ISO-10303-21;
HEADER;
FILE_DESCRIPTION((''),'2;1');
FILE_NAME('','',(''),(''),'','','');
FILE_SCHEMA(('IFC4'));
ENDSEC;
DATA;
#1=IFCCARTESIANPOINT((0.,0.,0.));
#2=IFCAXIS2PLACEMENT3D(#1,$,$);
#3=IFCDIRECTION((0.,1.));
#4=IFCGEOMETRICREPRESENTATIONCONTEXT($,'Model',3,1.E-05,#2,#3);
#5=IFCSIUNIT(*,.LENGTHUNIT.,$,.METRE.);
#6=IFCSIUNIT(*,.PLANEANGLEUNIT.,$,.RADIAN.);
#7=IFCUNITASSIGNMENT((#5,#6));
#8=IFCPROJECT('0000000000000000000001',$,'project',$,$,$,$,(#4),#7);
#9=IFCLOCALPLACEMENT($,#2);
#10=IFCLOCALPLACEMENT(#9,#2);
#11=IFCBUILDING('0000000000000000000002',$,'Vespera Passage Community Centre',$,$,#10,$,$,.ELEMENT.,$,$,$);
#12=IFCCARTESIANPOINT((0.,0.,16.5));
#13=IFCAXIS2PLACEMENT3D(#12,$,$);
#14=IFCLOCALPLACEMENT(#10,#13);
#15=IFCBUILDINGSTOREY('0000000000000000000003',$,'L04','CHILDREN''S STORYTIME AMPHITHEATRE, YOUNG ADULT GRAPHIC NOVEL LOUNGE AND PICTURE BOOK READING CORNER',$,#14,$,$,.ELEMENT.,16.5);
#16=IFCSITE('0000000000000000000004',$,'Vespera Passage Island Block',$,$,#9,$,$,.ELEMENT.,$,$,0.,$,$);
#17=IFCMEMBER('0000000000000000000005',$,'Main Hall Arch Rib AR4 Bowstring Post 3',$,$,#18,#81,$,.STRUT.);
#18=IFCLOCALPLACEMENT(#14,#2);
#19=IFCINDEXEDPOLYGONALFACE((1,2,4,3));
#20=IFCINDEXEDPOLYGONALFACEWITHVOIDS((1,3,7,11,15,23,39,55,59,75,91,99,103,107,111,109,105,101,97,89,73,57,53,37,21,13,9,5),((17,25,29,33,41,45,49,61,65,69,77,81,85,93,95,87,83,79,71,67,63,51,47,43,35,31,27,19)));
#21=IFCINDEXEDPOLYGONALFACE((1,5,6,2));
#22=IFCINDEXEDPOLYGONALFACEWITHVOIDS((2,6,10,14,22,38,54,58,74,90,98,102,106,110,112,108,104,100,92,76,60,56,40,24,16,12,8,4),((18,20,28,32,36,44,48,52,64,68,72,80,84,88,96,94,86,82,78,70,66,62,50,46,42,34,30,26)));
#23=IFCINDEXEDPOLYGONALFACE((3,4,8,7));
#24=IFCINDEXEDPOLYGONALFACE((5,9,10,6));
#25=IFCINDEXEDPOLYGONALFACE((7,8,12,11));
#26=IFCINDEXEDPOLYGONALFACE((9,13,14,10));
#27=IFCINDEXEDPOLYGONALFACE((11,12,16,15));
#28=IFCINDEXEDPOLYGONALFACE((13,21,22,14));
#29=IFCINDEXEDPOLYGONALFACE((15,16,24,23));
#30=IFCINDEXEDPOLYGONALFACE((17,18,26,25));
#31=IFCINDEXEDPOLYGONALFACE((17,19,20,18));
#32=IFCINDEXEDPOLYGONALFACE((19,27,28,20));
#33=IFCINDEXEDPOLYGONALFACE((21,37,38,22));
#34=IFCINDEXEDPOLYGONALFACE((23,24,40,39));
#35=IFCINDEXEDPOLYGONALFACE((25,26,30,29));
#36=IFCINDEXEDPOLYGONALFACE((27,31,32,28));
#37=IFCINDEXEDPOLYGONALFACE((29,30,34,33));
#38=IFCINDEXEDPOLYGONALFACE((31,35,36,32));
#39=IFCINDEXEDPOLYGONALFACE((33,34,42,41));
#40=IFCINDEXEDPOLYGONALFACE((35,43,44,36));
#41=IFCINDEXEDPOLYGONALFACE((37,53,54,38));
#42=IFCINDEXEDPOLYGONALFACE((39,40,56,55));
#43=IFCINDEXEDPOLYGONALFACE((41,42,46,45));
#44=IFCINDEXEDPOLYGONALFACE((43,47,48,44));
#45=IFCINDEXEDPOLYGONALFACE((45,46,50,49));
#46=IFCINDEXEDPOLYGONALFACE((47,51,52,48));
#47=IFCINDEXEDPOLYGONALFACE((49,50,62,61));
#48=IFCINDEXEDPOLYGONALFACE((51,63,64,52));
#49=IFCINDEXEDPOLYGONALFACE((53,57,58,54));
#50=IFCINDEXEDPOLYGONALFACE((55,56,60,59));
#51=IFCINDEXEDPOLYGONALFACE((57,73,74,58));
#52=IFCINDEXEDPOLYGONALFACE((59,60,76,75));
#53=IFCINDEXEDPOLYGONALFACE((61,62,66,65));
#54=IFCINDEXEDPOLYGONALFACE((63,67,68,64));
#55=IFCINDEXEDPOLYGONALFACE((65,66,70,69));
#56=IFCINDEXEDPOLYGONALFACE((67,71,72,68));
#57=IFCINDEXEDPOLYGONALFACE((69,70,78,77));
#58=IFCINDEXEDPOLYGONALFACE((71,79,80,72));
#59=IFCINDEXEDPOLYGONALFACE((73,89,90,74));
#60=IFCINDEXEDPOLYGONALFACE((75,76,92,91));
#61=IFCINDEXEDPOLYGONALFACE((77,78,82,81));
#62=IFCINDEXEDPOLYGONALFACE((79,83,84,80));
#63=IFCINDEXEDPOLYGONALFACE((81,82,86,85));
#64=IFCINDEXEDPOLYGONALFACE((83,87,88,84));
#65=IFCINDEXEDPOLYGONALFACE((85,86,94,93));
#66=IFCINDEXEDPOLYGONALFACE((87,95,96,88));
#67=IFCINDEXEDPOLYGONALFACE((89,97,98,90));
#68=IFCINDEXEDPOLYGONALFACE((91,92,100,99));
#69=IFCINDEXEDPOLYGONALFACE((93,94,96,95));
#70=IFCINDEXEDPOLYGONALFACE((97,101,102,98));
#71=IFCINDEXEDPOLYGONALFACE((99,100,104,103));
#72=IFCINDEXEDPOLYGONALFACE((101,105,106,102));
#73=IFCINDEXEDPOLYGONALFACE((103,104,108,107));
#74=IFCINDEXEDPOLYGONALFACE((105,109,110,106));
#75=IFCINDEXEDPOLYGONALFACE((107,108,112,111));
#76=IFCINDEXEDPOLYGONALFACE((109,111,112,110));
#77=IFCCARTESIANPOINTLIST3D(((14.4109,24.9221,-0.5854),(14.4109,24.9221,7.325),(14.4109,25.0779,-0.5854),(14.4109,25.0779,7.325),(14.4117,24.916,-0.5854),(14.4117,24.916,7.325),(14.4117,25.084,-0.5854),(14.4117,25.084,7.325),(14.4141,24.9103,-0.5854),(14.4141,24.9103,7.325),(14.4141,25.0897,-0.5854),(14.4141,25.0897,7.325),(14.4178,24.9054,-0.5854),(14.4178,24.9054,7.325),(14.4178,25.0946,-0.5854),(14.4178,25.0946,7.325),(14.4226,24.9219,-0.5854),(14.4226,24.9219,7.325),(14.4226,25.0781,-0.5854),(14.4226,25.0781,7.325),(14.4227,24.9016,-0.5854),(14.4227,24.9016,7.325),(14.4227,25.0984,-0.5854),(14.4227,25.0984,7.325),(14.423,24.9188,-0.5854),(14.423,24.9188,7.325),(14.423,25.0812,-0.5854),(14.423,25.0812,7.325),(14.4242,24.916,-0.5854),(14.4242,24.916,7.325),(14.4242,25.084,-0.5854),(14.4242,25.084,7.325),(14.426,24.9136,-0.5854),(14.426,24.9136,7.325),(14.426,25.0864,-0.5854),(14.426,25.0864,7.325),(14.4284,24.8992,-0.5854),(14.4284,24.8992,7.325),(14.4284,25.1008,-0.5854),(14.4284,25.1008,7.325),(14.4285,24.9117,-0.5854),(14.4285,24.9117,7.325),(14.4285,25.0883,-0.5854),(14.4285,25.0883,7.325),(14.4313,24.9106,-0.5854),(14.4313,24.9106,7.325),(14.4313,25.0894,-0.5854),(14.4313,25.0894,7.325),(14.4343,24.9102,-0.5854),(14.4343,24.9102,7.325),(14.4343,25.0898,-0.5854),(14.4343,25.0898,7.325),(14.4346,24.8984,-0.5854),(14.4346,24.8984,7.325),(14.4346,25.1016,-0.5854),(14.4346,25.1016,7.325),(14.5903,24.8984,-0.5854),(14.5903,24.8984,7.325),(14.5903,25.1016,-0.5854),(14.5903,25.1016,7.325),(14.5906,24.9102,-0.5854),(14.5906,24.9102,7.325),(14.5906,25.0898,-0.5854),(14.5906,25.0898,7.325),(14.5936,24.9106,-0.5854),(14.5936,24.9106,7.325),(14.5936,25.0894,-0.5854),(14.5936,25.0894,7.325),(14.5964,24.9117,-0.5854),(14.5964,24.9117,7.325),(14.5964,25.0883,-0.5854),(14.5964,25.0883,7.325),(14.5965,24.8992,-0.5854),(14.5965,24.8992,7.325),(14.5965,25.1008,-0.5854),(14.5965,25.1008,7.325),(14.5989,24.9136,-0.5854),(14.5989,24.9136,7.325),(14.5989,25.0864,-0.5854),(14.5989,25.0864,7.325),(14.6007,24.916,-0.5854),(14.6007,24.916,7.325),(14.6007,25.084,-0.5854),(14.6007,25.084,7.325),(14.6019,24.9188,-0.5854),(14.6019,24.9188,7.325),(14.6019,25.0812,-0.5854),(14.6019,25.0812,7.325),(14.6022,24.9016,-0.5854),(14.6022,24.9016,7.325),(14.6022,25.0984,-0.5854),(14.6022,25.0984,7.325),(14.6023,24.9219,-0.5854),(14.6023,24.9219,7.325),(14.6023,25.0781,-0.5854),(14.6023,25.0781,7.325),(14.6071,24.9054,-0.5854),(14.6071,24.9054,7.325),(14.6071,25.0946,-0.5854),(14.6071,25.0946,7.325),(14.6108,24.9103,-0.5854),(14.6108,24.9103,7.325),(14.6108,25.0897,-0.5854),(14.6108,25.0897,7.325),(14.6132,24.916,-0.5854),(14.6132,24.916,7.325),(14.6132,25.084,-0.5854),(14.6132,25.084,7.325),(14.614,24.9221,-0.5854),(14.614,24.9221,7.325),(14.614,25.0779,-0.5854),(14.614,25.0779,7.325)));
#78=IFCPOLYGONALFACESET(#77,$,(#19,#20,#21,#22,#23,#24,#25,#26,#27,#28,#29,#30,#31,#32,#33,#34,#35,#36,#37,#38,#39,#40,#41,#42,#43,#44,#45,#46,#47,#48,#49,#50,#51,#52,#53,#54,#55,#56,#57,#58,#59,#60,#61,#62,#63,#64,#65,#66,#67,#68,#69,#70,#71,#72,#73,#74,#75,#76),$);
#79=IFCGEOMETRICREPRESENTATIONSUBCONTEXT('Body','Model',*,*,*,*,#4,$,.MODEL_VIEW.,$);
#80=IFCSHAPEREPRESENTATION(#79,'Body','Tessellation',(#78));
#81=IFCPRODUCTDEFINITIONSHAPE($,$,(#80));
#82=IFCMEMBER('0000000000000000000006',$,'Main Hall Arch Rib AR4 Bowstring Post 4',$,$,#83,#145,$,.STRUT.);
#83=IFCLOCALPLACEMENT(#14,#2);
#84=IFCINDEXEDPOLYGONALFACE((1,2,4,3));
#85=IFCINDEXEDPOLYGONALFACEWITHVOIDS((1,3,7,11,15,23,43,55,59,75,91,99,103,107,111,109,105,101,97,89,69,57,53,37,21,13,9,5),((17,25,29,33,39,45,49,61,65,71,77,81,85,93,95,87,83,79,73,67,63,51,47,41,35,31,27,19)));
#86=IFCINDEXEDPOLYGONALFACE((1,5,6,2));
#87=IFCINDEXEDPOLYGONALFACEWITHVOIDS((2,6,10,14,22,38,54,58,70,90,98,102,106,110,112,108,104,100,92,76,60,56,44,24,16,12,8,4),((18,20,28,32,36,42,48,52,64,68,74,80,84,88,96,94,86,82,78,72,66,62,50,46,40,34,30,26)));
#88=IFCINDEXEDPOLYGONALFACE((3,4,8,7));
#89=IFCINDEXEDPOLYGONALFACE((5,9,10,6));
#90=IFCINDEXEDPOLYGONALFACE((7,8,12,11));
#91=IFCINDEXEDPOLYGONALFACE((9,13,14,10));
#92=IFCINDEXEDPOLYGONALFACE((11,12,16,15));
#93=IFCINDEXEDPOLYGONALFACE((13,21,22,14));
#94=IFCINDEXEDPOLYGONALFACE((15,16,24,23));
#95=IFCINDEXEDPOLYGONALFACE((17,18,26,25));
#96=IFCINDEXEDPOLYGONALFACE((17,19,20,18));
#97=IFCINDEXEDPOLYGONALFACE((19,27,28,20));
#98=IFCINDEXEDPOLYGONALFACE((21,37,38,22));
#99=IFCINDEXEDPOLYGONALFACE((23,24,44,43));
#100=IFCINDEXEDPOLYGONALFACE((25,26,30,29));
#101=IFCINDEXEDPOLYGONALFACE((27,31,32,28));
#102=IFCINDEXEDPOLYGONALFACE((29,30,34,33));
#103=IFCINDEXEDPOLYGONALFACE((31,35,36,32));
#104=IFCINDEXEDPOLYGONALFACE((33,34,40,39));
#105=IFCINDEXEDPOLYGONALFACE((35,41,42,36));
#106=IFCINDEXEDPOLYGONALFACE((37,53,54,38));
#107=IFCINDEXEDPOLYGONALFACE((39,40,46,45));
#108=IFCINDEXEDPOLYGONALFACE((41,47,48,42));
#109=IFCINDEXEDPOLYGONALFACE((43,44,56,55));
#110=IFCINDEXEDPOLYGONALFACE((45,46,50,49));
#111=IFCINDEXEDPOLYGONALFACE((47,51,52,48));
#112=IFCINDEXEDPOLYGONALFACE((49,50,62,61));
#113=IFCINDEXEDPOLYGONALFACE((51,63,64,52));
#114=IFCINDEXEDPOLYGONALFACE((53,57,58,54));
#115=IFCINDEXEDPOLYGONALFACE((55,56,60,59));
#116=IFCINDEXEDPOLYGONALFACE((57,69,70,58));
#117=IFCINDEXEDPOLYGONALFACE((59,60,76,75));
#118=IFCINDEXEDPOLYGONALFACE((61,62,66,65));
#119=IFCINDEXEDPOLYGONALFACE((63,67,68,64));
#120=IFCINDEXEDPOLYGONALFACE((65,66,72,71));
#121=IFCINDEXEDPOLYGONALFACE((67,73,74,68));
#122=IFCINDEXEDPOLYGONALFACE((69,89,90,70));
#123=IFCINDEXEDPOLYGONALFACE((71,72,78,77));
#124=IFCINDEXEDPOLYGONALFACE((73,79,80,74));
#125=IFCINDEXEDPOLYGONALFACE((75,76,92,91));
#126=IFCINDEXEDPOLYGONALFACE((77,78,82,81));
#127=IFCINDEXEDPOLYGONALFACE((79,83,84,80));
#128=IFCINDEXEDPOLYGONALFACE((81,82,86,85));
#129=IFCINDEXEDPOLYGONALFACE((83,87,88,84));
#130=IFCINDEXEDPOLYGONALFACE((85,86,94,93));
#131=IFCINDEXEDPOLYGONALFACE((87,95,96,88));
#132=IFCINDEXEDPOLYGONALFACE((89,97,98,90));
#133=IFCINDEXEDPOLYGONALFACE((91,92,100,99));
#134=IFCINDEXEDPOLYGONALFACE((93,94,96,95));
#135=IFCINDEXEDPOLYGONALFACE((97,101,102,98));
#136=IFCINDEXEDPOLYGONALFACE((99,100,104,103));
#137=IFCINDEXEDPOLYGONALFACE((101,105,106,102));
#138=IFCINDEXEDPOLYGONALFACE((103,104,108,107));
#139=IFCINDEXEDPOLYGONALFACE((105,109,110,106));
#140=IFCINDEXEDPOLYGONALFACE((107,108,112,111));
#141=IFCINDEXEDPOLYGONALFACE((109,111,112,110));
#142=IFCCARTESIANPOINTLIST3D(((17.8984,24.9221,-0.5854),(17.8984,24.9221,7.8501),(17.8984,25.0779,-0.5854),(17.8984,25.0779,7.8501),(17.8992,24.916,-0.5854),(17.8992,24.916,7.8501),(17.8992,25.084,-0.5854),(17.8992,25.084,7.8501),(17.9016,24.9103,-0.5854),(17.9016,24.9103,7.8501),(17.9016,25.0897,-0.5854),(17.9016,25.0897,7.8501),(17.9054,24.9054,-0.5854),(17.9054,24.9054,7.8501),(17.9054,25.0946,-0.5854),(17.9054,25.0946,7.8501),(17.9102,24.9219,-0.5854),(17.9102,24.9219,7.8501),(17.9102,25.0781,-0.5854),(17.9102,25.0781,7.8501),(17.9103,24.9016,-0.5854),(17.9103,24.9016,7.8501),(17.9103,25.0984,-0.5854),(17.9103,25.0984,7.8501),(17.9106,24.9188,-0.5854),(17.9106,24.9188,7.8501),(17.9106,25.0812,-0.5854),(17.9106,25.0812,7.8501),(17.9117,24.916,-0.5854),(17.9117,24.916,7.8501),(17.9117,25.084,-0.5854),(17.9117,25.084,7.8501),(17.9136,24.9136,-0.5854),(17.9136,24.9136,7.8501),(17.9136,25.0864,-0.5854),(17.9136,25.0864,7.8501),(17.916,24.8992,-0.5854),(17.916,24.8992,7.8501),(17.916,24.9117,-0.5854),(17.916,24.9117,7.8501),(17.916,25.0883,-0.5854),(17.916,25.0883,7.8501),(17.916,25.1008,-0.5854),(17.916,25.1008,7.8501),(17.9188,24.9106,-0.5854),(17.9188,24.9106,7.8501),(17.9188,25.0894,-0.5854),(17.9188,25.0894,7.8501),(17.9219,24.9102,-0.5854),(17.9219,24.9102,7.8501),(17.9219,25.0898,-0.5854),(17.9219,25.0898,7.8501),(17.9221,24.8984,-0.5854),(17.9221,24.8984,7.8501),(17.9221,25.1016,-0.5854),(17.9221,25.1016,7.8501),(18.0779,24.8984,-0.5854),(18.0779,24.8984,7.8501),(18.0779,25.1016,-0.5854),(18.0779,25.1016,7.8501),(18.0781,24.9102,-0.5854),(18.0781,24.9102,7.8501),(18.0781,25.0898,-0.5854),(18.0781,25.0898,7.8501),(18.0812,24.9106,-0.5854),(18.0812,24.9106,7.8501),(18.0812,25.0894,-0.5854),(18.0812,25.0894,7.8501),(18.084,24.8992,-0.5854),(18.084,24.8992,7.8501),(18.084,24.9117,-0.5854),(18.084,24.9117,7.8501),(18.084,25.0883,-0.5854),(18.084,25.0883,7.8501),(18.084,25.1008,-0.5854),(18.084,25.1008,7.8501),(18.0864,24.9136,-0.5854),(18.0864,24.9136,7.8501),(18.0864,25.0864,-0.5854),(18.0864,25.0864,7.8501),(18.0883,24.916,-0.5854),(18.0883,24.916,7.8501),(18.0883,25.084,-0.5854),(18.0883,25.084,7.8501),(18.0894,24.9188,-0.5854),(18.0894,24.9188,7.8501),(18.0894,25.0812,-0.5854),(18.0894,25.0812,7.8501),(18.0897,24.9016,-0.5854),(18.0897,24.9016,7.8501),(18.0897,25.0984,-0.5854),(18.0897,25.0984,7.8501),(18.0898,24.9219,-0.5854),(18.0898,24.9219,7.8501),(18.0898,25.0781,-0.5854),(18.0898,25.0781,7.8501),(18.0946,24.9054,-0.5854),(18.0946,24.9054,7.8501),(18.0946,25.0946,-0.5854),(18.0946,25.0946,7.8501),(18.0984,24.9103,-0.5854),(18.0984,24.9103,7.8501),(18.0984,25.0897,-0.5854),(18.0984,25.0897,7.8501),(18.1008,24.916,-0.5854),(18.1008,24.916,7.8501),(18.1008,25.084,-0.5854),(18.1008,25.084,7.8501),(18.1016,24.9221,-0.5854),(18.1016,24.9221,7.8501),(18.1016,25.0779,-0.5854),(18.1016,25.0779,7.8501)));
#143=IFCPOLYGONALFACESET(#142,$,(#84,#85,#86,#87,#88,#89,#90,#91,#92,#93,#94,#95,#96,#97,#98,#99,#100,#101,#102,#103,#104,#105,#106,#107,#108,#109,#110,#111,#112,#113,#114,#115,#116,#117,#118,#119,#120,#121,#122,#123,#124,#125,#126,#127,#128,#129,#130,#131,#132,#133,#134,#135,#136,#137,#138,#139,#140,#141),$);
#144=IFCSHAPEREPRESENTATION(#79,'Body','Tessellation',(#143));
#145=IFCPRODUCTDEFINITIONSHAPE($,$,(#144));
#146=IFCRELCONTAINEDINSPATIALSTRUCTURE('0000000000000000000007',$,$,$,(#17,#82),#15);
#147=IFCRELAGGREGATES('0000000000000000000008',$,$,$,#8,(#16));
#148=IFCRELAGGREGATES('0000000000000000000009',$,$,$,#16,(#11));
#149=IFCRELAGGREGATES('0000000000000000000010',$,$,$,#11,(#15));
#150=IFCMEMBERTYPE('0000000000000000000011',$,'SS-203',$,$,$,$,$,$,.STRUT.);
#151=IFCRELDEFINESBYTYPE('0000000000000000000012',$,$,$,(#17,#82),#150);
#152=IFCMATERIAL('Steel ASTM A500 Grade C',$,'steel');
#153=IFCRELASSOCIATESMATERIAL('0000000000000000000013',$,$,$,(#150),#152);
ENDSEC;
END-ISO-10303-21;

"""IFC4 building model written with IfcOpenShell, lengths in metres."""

from ifc_helpers import new_model, si_unit, direction, frame, origin, origin_2d, place, context, subcontext, project, spatial, hollow_rectangle, extrude, material, material_profile, profile_set, type_object, element, save


model = new_model("IFC4")

# Units and contexts
model_context = context("Model", 3, precision=1e-05, world=origin(), true_north=direction((0.0, 1.0)))
body_context = subcontext(model_context, "Body", "Model", "MODEL_VIEW")
ifc_project = project(units=[si_unit("LENGTHUNIT", "METRE"), si_unit("PLANEANGLEUNIT", "RADIAN")], contexts=[model_context])

# Site, building, storey
site_placement = place(None, origin())
site = spatial("IfcSite", under=ifc_project, at=site_placement, Name="Vespera Passage Island Block", CompositionType="ELEMENT", RefElevation=0.0)
building_placement = place(site_placement, origin())
building = spatial("IfcBuilding", under=site, at=building_placement, Name="Vespera Passage Community Centre", CompositionType="ELEMENT")
storey_placement = place(building_placement, frame((0.0, 0.0, 16.5)))
storey = spatial("IfcBuildingStorey", under=building, at=storey_placement, Name="L04", Description="CHILDREN'S STORYTIME AMPHITHEATRE, YOUNG ADULT GRAPHIC NOVEL LOUNGE AND PICTURE BOOK READING CORNER", CompositionType="ELEMENT", Elevation=16.5)

# Members
ifc_material_1 = material(Name="Steel ASTM A500 Grade C", Category="steel")
ifc_material_profile_1 = material_profile(ifc_material_1, hollow_rectangle(XDim=0.2031, YDim=0.2031, WallThickness=0.0117, InnerFilletRadius=0.0117, OuterFilletRadius=0.0237, at=origin_2d()), Name="HSS203X203X12.7")
ifc_profile_set_1 = profile_set([ifc_material_profile_1], Name="Steel ASTM A500 Grade C")
member_type_1 = type_object("IfcMemberType", Name="SS-203", PredefinedType="STRUT", material=ifc_profile_set_1)
for number, where, z_axis, x_axis, name in (
    (1, (14.5125, 25.0, -0.5854), (0.0, 0.0, 1.0), (1.0, 0.0, 0.0), "Main Hall Arch Rib AR4 Bowstring Post 3"),
):
    element("IfcMember", number, at=place(storey_placement, frame(where, z_axis=z_axis, x_axis=x_axis)), inside=storey, type_object=member_type_1, Name=name, PredefinedType="STRUT", context=body_context, shape_type="SweptSolid", body=[
        extrude(hollow_rectangle(XDim=0.2031, YDim=0.2031, WallThickness=0.0117, InnerFilletRadius=0.0117, OuterFilletRadius=0.0237, at=origin_2d()), origin(), (0.0, 0.0, 1.0), 7.9104),
    ])
member_1_placement = place(storey_placement, frame((18.0, 25.0, -0.5854), z_axis=(0.0, 0.0, 1.0), x_axis=(1.0, 0.0, 0.0)))
element("IfcMember", 2, at=member_1_placement, inside=storey, type_object=member_type_1, Name="Main Hall Arch Rib AR4 Bowstring Post 4", PredefinedType="STRUT", context=body_context, shape_type="SweptSolid", body=[
    extrude(hollow_rectangle(XDim=0.2031, YDim=0.2031, WallThickness=0.0117, InnerFilletRadius=0.0117, OuterFilletRadius=0.0237, at=origin_2d()), origin(), (0.0, 0.0, 1.0), 8.4355),
])

save(model, "model.ifc")
